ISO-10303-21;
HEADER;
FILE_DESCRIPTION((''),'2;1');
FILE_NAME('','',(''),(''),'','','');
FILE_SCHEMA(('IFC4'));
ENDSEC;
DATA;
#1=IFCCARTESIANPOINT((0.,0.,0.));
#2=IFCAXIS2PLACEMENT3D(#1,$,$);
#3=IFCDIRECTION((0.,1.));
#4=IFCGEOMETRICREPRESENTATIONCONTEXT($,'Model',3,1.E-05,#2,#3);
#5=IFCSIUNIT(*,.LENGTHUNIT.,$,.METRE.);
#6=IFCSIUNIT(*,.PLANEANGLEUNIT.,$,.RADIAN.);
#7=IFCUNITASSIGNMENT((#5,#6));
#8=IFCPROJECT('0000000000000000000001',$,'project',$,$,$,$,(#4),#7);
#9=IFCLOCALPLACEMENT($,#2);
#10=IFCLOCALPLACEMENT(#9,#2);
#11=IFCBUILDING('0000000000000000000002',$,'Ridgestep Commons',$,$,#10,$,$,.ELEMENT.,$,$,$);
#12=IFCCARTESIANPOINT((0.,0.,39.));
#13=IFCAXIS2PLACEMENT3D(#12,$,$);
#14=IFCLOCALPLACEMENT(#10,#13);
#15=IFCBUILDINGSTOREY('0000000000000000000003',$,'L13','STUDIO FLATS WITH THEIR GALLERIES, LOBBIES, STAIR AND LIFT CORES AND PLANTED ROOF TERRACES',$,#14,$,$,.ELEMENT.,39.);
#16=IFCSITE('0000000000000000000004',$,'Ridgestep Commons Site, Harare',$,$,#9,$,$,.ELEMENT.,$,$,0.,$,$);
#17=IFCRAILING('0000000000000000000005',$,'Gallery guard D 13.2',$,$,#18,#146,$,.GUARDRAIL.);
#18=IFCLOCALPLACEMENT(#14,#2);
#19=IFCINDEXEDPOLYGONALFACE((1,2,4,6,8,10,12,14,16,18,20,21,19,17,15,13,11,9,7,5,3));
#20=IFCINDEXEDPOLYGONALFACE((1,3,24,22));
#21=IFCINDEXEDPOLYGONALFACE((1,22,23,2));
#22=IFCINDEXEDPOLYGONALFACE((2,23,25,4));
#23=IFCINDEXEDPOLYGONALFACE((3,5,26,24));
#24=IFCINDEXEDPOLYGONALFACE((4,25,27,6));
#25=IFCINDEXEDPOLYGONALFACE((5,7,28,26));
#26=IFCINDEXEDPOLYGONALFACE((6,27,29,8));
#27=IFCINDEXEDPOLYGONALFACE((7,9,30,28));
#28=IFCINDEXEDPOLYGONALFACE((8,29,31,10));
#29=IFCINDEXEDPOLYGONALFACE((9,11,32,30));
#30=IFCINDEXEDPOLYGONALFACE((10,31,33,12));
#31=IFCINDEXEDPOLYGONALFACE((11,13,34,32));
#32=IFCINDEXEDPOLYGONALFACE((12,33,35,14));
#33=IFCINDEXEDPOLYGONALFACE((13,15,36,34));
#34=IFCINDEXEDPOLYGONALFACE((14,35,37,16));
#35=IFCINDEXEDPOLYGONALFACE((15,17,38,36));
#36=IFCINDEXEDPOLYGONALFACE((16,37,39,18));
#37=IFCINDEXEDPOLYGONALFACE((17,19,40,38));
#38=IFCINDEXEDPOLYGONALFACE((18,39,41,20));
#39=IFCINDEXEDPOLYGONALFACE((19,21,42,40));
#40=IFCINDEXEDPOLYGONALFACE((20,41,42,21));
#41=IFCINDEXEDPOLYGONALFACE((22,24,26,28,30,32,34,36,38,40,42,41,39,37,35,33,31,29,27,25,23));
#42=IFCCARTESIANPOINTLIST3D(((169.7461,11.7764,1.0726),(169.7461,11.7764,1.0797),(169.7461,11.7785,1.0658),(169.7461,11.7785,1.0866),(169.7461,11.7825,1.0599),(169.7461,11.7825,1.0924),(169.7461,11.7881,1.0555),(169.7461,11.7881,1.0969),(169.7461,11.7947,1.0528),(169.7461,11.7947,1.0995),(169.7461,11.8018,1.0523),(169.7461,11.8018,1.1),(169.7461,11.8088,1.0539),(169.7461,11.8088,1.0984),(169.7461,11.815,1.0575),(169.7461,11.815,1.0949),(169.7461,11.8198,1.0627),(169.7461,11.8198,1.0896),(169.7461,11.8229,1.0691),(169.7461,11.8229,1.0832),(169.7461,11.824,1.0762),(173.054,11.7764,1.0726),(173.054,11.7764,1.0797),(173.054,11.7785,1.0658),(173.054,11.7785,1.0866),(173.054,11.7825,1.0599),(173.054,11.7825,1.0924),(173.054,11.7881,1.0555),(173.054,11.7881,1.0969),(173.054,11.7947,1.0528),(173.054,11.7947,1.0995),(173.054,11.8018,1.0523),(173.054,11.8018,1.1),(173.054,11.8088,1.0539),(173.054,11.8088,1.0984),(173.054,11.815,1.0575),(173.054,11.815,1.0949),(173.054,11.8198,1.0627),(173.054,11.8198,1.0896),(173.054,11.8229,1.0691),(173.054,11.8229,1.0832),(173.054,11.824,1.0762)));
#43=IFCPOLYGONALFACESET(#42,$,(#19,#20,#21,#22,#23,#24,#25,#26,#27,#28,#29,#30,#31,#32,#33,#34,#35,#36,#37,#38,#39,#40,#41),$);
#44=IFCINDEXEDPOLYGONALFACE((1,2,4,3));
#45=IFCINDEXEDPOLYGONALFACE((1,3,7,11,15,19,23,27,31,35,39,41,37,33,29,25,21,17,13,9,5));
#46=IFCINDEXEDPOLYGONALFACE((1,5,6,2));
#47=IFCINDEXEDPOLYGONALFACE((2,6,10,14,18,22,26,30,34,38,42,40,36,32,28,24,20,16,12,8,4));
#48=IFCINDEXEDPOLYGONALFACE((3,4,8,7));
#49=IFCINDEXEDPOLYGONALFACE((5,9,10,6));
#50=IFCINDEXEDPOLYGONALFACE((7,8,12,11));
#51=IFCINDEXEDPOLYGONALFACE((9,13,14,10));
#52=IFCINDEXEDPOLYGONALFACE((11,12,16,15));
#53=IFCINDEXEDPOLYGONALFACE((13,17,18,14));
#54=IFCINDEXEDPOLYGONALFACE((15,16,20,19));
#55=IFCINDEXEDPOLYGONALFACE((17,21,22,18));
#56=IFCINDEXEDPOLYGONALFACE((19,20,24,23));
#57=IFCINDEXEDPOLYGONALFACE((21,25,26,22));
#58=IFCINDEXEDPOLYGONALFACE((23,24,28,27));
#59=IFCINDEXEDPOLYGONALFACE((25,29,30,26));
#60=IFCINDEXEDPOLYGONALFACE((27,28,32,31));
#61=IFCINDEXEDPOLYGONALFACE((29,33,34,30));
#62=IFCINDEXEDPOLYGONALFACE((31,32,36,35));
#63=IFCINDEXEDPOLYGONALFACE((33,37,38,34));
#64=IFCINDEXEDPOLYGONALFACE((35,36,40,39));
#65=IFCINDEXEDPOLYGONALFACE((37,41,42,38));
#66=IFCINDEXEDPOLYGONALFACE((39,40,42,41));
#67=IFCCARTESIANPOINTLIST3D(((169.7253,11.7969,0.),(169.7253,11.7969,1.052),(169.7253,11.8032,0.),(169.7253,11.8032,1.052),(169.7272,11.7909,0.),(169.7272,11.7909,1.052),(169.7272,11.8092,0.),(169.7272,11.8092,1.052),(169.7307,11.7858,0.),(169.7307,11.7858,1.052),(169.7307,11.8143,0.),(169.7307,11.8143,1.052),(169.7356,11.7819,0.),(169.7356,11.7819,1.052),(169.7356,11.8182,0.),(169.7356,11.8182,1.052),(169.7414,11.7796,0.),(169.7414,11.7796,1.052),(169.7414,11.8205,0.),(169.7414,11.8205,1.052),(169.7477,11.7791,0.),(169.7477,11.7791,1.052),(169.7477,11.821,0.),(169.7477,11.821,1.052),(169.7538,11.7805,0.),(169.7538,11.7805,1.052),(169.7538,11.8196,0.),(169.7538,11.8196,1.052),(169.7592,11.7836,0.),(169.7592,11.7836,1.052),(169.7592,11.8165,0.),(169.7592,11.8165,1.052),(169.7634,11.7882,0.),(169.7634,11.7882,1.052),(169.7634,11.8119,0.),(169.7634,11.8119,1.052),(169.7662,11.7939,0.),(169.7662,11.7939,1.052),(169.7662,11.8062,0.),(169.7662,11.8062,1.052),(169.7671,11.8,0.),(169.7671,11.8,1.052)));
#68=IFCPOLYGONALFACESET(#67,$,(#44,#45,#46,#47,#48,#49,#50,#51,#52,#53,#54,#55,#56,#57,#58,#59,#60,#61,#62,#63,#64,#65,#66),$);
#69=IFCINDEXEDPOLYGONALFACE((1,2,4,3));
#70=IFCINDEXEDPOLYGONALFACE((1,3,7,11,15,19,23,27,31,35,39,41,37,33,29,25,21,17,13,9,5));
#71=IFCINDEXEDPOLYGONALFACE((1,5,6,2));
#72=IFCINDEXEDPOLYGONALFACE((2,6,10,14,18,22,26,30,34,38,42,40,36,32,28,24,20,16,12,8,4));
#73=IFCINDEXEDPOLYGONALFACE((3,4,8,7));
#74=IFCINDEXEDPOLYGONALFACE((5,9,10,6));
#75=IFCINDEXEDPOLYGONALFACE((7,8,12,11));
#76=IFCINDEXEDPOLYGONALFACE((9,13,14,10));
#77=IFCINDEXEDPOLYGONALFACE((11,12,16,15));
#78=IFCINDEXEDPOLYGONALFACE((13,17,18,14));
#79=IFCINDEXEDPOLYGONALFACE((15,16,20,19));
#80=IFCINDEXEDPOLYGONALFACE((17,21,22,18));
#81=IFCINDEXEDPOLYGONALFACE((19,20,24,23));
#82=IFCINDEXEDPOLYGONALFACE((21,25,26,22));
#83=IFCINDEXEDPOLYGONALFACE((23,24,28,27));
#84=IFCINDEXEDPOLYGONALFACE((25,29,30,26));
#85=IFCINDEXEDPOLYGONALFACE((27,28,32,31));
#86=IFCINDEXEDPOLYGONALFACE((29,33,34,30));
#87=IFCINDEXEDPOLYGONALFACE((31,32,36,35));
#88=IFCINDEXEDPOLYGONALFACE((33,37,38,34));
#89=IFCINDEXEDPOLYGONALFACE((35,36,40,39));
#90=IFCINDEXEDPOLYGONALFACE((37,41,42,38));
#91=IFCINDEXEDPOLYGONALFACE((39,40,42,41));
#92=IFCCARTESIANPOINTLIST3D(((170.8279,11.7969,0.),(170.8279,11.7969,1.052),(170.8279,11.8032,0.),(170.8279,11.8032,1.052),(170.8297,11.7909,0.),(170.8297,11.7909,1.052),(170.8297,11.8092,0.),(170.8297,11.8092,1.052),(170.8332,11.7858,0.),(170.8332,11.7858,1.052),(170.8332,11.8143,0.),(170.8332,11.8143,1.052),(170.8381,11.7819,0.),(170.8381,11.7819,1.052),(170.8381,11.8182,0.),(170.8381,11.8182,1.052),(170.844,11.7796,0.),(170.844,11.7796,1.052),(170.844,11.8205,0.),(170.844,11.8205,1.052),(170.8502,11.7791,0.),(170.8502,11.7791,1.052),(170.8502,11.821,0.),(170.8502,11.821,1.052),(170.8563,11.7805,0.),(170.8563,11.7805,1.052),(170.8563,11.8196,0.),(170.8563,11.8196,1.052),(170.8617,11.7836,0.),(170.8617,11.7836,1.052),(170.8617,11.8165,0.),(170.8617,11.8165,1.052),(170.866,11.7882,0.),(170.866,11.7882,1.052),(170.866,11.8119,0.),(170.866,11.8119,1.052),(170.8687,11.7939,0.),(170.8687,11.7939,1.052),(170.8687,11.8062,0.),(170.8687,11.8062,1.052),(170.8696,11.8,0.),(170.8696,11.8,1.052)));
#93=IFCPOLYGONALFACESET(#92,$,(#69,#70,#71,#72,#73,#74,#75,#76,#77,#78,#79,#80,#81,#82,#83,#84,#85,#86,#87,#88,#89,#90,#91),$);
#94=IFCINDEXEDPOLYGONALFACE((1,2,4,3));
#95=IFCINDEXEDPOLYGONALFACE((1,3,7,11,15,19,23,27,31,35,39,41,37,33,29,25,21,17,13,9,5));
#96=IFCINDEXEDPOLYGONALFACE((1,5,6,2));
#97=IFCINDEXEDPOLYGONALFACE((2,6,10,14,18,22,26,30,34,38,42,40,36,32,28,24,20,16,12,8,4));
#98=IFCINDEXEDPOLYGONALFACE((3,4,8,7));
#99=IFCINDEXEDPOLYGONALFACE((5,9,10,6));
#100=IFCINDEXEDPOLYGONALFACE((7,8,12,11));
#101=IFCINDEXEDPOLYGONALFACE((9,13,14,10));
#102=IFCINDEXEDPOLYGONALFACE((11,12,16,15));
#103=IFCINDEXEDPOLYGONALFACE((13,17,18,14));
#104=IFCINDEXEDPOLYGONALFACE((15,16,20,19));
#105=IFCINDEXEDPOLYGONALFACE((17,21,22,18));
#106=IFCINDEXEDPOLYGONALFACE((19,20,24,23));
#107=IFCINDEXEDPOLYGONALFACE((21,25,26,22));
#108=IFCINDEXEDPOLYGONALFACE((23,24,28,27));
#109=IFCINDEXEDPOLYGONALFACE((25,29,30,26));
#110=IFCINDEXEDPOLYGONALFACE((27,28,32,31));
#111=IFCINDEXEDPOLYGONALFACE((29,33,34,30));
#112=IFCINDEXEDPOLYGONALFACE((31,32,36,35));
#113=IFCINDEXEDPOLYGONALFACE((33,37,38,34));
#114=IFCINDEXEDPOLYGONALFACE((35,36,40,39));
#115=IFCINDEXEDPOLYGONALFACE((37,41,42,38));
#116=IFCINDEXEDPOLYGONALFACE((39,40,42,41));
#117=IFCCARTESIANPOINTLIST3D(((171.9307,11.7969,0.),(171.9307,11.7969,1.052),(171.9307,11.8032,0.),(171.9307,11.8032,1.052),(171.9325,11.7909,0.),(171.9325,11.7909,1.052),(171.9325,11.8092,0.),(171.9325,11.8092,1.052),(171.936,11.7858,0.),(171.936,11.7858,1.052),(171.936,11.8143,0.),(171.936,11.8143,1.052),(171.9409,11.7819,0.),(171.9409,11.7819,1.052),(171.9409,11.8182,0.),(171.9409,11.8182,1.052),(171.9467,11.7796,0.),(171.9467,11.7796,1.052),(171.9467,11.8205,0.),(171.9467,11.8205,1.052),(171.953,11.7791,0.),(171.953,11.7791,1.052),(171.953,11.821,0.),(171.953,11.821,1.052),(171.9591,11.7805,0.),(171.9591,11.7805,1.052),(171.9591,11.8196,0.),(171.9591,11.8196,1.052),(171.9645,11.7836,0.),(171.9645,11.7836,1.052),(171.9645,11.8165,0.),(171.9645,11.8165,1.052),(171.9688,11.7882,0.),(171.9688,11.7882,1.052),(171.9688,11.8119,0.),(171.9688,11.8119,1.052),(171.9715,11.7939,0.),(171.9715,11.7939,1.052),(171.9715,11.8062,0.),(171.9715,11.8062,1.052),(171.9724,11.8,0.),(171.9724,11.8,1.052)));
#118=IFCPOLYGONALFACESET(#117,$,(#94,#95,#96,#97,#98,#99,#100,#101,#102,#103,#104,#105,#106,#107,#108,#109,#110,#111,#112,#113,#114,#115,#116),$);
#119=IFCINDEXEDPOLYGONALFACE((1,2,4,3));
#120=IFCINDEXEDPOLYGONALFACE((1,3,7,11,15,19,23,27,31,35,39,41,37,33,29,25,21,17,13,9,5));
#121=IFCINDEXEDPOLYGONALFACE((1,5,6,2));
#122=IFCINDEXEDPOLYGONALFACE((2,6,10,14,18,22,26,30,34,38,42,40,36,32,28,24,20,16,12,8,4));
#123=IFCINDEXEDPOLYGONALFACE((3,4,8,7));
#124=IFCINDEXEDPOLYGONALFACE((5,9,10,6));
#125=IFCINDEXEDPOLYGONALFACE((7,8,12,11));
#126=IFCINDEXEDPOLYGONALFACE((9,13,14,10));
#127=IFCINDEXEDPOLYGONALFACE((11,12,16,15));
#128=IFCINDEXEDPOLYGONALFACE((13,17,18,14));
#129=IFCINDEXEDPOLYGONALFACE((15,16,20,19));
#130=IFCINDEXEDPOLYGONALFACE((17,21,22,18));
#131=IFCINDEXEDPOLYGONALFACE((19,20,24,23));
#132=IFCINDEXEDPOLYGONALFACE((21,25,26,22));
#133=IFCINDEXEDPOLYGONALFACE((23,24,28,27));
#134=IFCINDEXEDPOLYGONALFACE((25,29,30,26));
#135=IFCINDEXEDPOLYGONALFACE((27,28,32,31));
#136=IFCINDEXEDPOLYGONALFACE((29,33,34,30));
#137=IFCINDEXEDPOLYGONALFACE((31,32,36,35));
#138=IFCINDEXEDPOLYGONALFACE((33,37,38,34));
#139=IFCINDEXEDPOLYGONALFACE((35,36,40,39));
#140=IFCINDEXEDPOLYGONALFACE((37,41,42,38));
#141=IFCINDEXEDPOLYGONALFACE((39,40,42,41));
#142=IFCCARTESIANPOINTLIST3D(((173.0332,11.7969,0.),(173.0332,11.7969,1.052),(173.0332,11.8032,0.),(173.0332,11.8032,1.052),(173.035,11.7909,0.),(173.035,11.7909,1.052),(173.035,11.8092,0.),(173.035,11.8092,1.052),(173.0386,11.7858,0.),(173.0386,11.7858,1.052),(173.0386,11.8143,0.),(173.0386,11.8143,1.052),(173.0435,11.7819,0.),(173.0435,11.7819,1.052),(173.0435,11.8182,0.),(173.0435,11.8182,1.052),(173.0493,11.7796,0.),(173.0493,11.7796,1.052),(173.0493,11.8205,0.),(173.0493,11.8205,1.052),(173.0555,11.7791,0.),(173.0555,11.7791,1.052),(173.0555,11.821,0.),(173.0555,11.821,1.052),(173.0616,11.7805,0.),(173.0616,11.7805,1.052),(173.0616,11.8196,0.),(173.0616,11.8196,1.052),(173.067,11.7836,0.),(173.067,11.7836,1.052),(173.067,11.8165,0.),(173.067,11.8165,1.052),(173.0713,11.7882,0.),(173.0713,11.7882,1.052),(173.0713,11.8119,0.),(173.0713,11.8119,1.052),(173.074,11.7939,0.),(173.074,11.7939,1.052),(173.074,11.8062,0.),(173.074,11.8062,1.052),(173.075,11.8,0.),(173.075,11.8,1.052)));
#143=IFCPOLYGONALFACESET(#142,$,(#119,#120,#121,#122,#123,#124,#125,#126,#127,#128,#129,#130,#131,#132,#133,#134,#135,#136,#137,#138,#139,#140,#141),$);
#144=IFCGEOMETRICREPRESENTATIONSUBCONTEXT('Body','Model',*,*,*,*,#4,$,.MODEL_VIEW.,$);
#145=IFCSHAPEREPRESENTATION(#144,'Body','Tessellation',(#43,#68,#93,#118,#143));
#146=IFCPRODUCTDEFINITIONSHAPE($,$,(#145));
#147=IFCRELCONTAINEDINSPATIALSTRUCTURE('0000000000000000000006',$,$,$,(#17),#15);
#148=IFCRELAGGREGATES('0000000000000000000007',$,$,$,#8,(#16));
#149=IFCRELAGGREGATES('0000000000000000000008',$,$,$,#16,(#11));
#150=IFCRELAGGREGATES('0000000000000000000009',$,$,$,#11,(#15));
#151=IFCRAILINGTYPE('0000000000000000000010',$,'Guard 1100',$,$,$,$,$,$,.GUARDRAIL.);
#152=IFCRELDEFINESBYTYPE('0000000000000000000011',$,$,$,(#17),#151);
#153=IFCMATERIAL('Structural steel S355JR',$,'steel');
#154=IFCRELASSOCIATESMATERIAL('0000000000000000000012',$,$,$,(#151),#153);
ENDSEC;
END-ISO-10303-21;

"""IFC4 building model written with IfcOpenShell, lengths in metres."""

from ifc_helpers import new_model, si_unit, direction, frame, origin, origin_2d, place, context, subcontext, project, spatial, circle, extrude, material, type_object, element, save


model = new_model("IFC4")

# Units and contexts
model_context = context("Model", 3, precision=1e-05, world=origin(), true_north=direction((0.0, 1.0)))
body_context = subcontext(model_context, "Body", "Model", "MODEL_VIEW")
ifc_project = project(units=[si_unit("LENGTHUNIT", "METRE"), si_unit("PLANEANGLEUNIT", "RADIAN")], contexts=[model_context])

# Site, building, storey
site_placement = place(None, origin())
site = spatial("IfcSite", under=ifc_project, at=site_placement, Name="Ridgestep Commons Site, Harare", CompositionType="ELEMENT", RefElevation=0.0)
building_placement = place(site_placement, origin())
building = spatial("IfcBuilding", under=site, at=building_placement, Name="Ridgestep Commons", CompositionType="ELEMENT")
storey_placement = place(building_placement, frame((0.0, 0.0, 39.0)))
storey = spatial("IfcBuildingStorey", under=building, at=storey_placement, Name="L13", Description="STUDIO FLATS WITH THEIR GALLERIES, LOBBIES, STAIR AND LIFT CORES AND PLANTED ROOF TERRACES", CompositionType="ELEMENT", Elevation=39.0)

# Railing
ifc_material_1 = material(Name="Structural steel S355JR", Category="steel")
railing_type_1 = type_object("IfcRailingType", Name="Guard 1100", PredefinedType="GUARDRAIL", material=ifc_material_1)
railing_1_placement = place(storey_placement, frame((169.7461, 11.8, 0.0)))
element("IfcRailing", 1, at=railing_1_placement, inside=storey, type_object=railing_type_1, Name="Gallery guard D 13.2", PredefinedType="GUARDRAIL", context=body_context, shape_type="SweptSolid", body=[
    extrude(circle(Radius=0.0239, at=origin_2d()), frame((0.0, 0.0, 1.0762), z_axis=(1.0, 0.0, 0.0), x_axis=(0.0, 1.0, 0.0)), (0.0, 0.0, 1.0), 3.3079),
    extrude(circle(Radius=0.021, at=origin_2d()), origin(), (0.0, 0.0, 1.0), 1.052),
    extrude(circle(Radius=0.021, at=origin_2d()), frame((1.1025, 0.0, 0.0)), (0.0, 0.0, 1.0), 1.052),
    extrude(circle(Radius=0.021, at=origin_2d()), frame((2.2053, 0.0, 0.0)), (0.0, 0.0, 1.0), 1.052),
    extrude(circle(Radius=0.021, at=origin_2d()), frame((3.3079, 0.0, 0.0)), (0.0, 0.0, 1.0), 1.052),
])

save(model, "model.ifc")
